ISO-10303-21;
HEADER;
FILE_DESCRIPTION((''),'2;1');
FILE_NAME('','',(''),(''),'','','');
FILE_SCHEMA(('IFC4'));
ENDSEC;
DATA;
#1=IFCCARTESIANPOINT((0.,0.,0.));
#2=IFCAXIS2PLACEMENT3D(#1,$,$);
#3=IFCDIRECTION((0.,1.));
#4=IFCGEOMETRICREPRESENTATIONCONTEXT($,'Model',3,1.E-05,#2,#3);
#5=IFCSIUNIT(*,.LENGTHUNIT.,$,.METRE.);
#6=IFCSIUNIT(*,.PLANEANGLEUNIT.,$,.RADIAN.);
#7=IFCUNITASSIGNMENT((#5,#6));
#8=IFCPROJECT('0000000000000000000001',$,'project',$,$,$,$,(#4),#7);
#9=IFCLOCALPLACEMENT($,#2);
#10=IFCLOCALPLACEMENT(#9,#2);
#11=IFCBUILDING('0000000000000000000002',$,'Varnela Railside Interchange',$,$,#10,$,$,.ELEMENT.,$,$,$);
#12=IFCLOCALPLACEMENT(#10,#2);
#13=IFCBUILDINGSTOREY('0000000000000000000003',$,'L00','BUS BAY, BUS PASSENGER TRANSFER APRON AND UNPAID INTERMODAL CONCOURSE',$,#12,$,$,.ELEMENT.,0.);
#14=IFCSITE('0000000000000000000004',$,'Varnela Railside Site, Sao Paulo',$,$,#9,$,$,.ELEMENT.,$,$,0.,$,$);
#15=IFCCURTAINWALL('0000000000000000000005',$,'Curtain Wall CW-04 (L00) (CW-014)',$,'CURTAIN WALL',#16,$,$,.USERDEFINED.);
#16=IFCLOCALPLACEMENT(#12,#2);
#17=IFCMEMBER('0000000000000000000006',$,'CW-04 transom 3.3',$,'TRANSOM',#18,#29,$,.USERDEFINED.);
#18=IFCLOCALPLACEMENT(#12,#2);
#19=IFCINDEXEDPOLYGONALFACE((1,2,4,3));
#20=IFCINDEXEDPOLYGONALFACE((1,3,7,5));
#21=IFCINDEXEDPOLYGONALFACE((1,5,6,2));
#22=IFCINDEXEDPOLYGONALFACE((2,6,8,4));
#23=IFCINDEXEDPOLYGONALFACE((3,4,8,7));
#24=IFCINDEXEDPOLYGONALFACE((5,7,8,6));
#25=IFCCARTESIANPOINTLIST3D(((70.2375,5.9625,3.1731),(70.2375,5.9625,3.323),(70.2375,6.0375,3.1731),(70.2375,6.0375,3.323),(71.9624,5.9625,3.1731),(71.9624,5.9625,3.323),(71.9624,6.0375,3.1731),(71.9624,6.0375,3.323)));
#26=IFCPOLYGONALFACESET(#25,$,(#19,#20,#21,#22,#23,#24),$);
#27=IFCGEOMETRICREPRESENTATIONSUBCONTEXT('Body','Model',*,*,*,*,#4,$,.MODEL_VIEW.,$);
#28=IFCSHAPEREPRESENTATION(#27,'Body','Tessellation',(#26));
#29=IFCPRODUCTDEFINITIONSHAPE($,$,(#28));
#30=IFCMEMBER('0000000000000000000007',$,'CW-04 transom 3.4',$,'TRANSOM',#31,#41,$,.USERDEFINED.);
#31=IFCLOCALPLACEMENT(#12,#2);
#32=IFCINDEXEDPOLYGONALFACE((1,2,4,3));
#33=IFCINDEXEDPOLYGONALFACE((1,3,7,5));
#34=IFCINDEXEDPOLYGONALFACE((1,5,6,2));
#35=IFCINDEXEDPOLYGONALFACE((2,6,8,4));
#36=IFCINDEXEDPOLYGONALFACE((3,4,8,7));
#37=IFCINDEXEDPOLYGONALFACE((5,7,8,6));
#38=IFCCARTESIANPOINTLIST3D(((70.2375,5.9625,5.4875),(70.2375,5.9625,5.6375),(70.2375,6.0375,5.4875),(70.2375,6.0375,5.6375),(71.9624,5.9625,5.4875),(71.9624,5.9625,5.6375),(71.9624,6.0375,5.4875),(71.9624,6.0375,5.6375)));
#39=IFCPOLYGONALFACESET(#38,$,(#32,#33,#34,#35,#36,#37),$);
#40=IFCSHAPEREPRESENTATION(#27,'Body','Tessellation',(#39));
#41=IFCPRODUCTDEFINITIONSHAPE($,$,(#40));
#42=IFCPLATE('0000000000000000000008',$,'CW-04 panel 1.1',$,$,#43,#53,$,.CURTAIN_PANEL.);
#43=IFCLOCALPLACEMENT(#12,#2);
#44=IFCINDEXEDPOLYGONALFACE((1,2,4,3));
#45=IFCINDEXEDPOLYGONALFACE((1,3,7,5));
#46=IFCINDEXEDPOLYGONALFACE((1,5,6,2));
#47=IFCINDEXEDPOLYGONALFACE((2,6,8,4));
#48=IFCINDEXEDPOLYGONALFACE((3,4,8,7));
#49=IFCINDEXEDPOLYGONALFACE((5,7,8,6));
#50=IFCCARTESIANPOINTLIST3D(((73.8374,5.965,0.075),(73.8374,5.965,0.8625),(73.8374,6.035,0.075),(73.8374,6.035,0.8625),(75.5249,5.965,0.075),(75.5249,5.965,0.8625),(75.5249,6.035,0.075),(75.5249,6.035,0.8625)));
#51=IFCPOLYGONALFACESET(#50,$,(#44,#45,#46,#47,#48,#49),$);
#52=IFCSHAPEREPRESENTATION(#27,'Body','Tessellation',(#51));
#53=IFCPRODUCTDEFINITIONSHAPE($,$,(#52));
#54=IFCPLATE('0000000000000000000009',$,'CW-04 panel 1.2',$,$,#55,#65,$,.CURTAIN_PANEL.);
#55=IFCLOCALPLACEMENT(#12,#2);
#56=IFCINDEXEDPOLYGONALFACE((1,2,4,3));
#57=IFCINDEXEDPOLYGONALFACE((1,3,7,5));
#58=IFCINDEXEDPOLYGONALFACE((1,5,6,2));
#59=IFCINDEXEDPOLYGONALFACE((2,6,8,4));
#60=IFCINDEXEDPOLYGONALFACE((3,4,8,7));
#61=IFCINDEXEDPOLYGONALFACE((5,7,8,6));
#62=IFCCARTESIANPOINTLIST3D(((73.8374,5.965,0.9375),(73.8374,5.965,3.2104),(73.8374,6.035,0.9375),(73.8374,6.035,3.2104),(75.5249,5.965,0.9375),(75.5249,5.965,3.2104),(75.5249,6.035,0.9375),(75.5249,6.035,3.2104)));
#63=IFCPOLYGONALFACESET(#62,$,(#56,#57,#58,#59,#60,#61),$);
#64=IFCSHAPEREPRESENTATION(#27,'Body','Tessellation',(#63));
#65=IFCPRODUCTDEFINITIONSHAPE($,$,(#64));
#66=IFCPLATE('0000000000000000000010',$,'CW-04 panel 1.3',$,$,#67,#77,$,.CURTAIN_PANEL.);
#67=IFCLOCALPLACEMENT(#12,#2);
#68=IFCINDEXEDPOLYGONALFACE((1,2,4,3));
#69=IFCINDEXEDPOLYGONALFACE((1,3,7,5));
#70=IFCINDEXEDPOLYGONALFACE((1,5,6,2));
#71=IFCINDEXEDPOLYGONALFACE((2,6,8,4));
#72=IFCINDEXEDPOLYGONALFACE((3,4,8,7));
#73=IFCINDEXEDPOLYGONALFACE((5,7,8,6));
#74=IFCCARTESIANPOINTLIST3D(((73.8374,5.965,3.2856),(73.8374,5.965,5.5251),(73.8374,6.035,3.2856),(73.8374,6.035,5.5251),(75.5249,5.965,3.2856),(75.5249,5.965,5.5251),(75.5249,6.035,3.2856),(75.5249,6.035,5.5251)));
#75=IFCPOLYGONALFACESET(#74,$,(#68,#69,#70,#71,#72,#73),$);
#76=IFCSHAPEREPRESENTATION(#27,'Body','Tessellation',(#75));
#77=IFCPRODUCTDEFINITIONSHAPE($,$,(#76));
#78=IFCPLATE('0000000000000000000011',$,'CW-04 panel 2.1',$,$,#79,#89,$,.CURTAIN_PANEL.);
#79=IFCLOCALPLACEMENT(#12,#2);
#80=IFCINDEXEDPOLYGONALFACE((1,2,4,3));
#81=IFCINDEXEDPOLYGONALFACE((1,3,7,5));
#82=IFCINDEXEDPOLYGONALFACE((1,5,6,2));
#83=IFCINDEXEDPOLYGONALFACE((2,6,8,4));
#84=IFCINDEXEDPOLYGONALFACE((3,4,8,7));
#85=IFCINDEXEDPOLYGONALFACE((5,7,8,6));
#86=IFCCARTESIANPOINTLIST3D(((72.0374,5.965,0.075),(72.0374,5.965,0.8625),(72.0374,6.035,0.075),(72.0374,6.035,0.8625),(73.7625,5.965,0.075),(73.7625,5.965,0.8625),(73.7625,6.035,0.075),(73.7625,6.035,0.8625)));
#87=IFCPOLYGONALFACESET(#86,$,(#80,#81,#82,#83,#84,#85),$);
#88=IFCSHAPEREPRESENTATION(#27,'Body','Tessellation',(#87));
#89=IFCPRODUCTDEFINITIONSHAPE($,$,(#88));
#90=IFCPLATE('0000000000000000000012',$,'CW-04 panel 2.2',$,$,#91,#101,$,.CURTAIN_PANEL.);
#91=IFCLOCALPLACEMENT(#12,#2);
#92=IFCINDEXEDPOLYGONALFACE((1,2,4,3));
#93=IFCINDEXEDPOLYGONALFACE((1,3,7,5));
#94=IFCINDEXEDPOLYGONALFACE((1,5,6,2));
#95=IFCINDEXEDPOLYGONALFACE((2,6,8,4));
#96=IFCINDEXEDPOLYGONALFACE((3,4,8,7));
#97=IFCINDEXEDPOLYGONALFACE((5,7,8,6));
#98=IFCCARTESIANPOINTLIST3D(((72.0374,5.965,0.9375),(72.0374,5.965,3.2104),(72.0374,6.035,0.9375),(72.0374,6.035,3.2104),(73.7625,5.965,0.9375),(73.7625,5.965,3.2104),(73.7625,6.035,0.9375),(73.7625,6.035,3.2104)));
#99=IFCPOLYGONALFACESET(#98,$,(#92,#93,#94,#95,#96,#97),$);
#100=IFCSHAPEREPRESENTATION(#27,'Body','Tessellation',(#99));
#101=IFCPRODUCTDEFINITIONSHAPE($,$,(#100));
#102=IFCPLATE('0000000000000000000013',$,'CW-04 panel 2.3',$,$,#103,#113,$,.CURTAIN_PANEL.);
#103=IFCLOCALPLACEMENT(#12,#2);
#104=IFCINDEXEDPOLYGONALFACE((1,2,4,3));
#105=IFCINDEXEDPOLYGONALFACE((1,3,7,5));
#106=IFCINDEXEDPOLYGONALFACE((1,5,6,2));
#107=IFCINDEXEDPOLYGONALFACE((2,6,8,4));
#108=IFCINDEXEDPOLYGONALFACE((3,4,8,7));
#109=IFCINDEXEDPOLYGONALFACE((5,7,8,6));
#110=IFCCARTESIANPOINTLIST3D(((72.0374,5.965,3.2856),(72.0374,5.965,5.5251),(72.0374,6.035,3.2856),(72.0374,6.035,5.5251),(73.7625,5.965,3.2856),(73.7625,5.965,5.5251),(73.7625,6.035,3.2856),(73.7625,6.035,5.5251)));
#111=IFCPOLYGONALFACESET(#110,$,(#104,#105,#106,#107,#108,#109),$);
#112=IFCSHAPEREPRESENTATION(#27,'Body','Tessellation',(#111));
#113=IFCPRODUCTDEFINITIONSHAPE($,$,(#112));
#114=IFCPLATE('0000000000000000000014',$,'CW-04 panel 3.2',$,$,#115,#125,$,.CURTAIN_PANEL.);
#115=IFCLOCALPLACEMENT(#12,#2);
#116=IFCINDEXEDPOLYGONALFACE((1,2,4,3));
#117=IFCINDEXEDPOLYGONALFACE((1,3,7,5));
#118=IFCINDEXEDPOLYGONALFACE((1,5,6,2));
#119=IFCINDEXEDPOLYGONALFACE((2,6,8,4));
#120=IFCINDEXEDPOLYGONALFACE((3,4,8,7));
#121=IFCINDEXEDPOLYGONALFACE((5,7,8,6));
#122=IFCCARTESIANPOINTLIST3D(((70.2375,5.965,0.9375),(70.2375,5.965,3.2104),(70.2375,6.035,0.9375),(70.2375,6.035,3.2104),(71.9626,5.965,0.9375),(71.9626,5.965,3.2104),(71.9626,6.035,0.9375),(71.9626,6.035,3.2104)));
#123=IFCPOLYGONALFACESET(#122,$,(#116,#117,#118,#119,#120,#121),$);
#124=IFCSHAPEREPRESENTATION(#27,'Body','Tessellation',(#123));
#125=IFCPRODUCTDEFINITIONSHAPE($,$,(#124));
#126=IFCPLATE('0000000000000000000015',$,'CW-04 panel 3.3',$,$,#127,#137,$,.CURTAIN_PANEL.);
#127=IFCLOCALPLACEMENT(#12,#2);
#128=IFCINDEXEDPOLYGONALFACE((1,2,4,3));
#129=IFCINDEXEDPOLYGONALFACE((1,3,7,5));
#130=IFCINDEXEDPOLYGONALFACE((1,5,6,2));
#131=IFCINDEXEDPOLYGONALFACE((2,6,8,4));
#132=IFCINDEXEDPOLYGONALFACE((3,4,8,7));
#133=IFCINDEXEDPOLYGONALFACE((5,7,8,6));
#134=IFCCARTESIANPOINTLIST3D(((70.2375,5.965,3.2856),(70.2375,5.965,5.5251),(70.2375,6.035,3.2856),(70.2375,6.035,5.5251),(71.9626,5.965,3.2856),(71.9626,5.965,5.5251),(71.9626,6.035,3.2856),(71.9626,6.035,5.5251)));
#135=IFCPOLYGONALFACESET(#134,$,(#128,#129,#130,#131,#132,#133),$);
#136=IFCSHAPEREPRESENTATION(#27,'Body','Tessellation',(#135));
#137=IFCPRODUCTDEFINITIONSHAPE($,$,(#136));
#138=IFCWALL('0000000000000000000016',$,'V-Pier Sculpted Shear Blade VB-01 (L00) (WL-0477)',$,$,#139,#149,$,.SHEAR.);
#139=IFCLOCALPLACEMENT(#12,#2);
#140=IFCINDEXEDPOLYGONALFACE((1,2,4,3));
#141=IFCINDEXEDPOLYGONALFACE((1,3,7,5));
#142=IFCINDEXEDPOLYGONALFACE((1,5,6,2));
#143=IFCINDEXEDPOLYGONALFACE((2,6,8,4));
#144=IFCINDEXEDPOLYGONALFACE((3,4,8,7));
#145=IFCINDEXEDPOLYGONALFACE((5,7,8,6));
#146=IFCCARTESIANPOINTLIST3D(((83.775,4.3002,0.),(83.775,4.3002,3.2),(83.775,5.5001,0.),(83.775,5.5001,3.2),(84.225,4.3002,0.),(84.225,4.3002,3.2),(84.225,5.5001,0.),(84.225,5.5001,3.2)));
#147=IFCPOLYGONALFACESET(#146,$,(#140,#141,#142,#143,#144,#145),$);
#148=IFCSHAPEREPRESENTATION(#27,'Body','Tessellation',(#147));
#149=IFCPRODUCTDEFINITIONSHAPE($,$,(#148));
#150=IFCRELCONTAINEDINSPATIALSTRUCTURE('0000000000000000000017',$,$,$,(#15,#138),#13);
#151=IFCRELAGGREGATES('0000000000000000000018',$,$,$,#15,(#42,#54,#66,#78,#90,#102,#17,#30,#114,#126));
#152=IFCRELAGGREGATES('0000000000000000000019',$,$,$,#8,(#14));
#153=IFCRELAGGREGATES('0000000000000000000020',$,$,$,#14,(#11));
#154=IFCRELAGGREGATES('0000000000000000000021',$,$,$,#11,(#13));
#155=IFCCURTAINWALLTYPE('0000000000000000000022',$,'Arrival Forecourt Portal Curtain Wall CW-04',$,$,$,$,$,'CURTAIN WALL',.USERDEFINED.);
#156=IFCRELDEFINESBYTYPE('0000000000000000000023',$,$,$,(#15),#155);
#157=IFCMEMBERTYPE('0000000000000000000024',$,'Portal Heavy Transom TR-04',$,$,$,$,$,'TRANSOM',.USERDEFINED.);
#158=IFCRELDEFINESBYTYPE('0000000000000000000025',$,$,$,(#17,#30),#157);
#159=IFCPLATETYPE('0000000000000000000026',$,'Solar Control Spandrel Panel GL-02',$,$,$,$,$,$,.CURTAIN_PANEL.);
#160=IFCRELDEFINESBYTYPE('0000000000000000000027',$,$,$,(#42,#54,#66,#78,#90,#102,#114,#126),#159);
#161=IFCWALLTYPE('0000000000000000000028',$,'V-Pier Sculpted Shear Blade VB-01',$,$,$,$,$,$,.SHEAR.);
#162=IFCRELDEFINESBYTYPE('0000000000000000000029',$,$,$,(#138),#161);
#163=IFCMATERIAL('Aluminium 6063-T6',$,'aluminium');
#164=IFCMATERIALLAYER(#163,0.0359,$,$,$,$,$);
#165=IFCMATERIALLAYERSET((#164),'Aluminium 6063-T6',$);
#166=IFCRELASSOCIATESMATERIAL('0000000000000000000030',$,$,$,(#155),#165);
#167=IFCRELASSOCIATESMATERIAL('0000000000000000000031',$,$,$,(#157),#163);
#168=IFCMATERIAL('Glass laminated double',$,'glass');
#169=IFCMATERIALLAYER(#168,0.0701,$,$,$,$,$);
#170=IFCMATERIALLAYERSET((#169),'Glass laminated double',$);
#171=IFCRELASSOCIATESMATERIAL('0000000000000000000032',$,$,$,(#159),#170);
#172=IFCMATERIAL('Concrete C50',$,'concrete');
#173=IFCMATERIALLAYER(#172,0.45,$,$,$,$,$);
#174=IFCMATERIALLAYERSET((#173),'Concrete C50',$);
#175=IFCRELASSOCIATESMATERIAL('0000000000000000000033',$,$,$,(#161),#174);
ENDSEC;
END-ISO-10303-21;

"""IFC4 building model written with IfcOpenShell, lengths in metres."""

from ifc_helpers import new_model, si_unit, direction, frame, frame_2d, origin, origin_2d, place, context, subcontext, project, spatial, rectangle, extrude, material, layer, layer_set, material_profile, profile_set, type_object, element, aggregate, save


model = new_model("IFC4")

# Units and contexts
model_context = context("Model", 3, precision=1e-05, world=origin(), true_north=direction((0.0, 1.0)))
body_context = subcontext(model_context, "Body", "Model", "MODEL_VIEW")
ifc_project = project(units=[si_unit("LENGTHUNIT", "METRE"), si_unit("PLANEANGLEUNIT", "RADIAN")], contexts=[model_context])

# Site, building, storey
site_placement = place(None, origin())
site = spatial("IfcSite", under=ifc_project, at=site_placement, Name="Varnela Railside Site, Sao Paulo", CompositionType="ELEMENT", RefElevation=0.0)
building_placement = place(site_placement, origin())
building = spatial("IfcBuilding", under=site, at=building_placement, Name="Varnela Railside Interchange", CompositionType="ELEMENT")
storey_placement = place(building_placement, origin())
storey = spatial("IfcBuildingStorey", under=building, at=storey_placement, Name="L00", Description="BUS BAY, BUS PASSENGER TRANSFER APRON AND UNPAID INTERMODAL CONCOURSE", CompositionType="ELEMENT", Elevation=0.0)

# Shared definitions
ifc_material_1 = material(Name="Concrete C50", Category="concrete")

# Curtain wall, members, plates
ifc_material_2 = material(Name="Aluminium 6063-T6", Category="aluminium")
ifc_layer_1 = layer(ifc_material_2, 0.0359)
ifc_layer_set_1 = layer_set([ifc_layer_1], Name="Aluminium 6063-T6")
curtain_wall_type = type_object("IfcCurtainWallType", Name="Arrival Forecourt Portal Curtain Wall CW-04", ElementType="CURTAIN WALL", PredefinedType="USERDEFINED", material=ifc_layer_set_1)
curtain_wall_placement = place(storey_placement, origin())
curtain_wall = element("IfcCurtainWall", 1, at=curtain_wall_placement, inside=storey, type_object=curtain_wall_type, Name="Curtain Wall CW-04 (L00) (CW-014)", ObjectType="CURTAIN WALL", PredefinedType="USERDEFINED")
ifc_material_profile_1 = material_profile(ifc_material_2, rectangle(XDim=0.075, YDim=0.1499, at=origin_2d()), Name="ALU 75x150")
ifc_profile_set_1 = profile_set([ifc_material_profile_1], Name="Aluminium 6063-T6")
member_type_1 = type_object("IfcMemberType", Name="Portal Heavy Transom TR-04", ElementType="TRANSOM", PredefinedType="USERDEFINED", material=ifc_profile_set_1)
member_1_placement = place(storey_placement, frame((71.9624, 6.0, 3.248), z_axis=(-1.0, 0.0, 0.0), x_axis=(0.0, -1.0, 0.0)))
member_1 = element("IfcMember", 2, at=member_1_placement, type_object=member_type_1, Name="CW-04 transom 3.3", ObjectType="TRANSOM", PredefinedType="USERDEFINED", context=body_context, shape_type="SweptSolid", body=[
    extrude(rectangle(XDim=0.075, YDim=0.1499, at=origin_2d()), origin(), (0.0, 0.0, 1.0), 1.7249),
])
member_2_placement = place(storey_placement, frame((71.9624, 6.0, 5.5625), z_axis=(-1.0, 0.0, 0.0), x_axis=(0.0, -1.0, 0.0)))
member_2 = element("IfcMember", 3, at=member_2_placement, type_object=member_type_1, Name="CW-04 transom 3.4", ObjectType="TRANSOM", PredefinedType="USERDEFINED", context=body_context, shape_type="SweptSolid", body=[
    extrude(rectangle(XDim=0.075, YDim=0.1499, at=origin_2d()), origin(), (0.0, 0.0, 1.0), 1.7249),
])
ifc_material_3 = material(Name="Glass laminated double", Category="glass")
ifc_layer_2 = layer(ifc_material_3, 0.0701)
ifc_layer_set_2 = layer_set([ifc_layer_2], Name="Glass laminated double")
plate_type = type_object("IfcPlateType", Name="Solar Control Spandrel Panel GL-02", PredefinedType="CURTAIN_PANEL", material=ifc_layer_set_2)
plate_1_placement = place(storey_placement, frame((74.6812, 6.0, 0.075), z_axis=(0.0, 0.0, 1.0), x_axis=(-1.0, 0.0, 0.0)))
plate_1 = element("IfcPlate", 4, at=plate_1_placement, type_object=plate_type, Name="CW-04 panel 1.1", PredefinedType="CURTAIN_PANEL", context=body_context, shape_type="SweptSolid", body=[
    extrude(rectangle(XDim=1.6875, YDim=0.0701, at=origin_2d()), origin(), (0.0, 0.0, 1.0), 0.7876),
])
plate_2_placement = place(storey_placement, frame((74.6812, 6.0, 0.9375), z_axis=(0.0, 0.0, 1.0), x_axis=(-1.0, 0.0, 0.0)))
plate_2 = element("IfcPlate", 5, at=plate_2_placement, type_object=plate_type, Name="CW-04 panel 1.2", PredefinedType="CURTAIN_PANEL", context=body_context, shape_type="SweptSolid", body=[
    extrude(rectangle(XDim=1.6875, YDim=0.0701, at=origin_2d()), origin(), (0.0, 0.0, 1.0), 2.2729),
])
plate_3_placement = place(storey_placement, frame((74.6812, 6.0, 3.2856), z_axis=(0.0, 0.0, 1.0), x_axis=(-1.0, 0.0, 0.0)))
plate_3 = element("IfcPlate", 6, at=plate_3_placement, type_object=plate_type, Name="CW-04 panel 1.3", PredefinedType="CURTAIN_PANEL", context=body_context, shape_type="SweptSolid", body=[
    extrude(rectangle(XDim=1.6875, YDim=0.0701, at=origin_2d()), origin(), (0.0, 0.0, 1.0), 2.2395),
])
plate_4_placement = place(storey_placement, frame((72.8999, 6.0, 0.075), z_axis=(0.0, 0.0, 1.0), x_axis=(-1.0, 0.0, 0.0)))
plate_4 = element("IfcPlate", 7, at=plate_4_placement, type_object=plate_type, Name="CW-04 panel 2.1", PredefinedType="CURTAIN_PANEL", context=body_context, shape_type="SweptSolid", body=[
    extrude(rectangle(XDim=1.7251, YDim=0.0701, at=origin_2d()), origin(), (0.0, 0.0, 1.0), 0.7876),
])
plate_5_placement = place(storey_placement, frame((72.8999, 6.0, 0.9375), z_axis=(0.0, 0.0, 1.0), x_axis=(-1.0, 0.0, 0.0)))
plate_5 = element("IfcPlate", 8, at=plate_5_placement, type_object=plate_type, Name="CW-04 panel 2.2", PredefinedType="CURTAIN_PANEL", context=body_context, shape_type="SweptSolid", body=[
    extrude(rectangle(XDim=1.7251, YDim=0.0701, at=origin_2d()), origin(), (0.0, 0.0, 1.0), 2.2729),
])
plate_6_placement = place(storey_placement, frame((72.8999, 6.0, 3.2856), z_axis=(0.0, 0.0, 1.0), x_axis=(-1.0, 0.0, 0.0)))
plate_6 = element("IfcPlate", 9, at=plate_6_placement, type_object=plate_type, Name="CW-04 panel 2.3", PredefinedType="CURTAIN_PANEL", context=body_context, shape_type="SweptSolid", body=[
    extrude(rectangle(XDim=1.7251, YDim=0.0701, at=origin_2d()), origin(), (0.0, 0.0, 1.0), 2.2395),
])
plate_7_placement = place(storey_placement, frame((71.1001, 6.0, 0.9375), z_axis=(0.0, 0.0, 1.0), x_axis=(-1.0, 0.0, 0.0)))
plate_7 = element("IfcPlate", 10, at=plate_7_placement, type_object=plate_type, Name="CW-04 panel 3.2", PredefinedType="CURTAIN_PANEL", context=body_context, shape_type="SweptSolid", body=[
    extrude(rectangle(XDim=1.7251, YDim=0.0701, at=origin_2d()), origin(), (0.0, 0.0, 1.0), 2.2729),
])
plate_8_placement = place(storey_placement, frame((71.1001, 6.0, 3.2856), z_axis=(0.0, 0.0, 1.0), x_axis=(-1.0, 0.0, 0.0)))
plate_8 = element("IfcPlate", 11, at=plate_8_placement, type_object=plate_type, Name="CW-04 panel 3.3", PredefinedType="CURTAIN_PANEL", context=body_context, shape_type="SweptSolid", body=[
    extrude(rectangle(XDim=1.7251, YDim=0.0701, at=origin_2d()), origin(), (0.0, 0.0, 1.0), 2.2395),
])
aggregate(curtain_wall, [plate_1, plate_2, plate_3, plate_4, plate_5, plate_6, member_1, member_2, plate_7, plate_8])

# Wall
ifc_layer_3 = layer(ifc_material_1, 0.45)
ifc_layer_set_3 = layer_set([ifc_layer_3], Name="Concrete C50")
wall_type = type_object("IfcWallType", Name="V-Pier Sculpted Shear Blade VB-01", PredefinedType="SHEAR", material=ifc_layer_set_3)
wall_placement = place(storey_placement, frame((84.0, 4.3, 0.0), z_axis=(0.0, 0.0, 1.0), x_axis=(0.0, 1.0, 0.0)))
element("IfcWall", 12, at=wall_placement, inside=storey, type_object=wall_type, Name="V-Pier Sculpted Shear Blade VB-01 (L00) (WL-0477)", PredefinedType="SHEAR", context=body_context, shape_type="SweptSolid", body=[
    extrude(rectangle(XDim=1.2, YDim=0.45, at=frame_2d((0.6001, 0.0))), origin(), (0.0, 0.0, 1.0), 3.2),
])

save(model, "model.ifc")
